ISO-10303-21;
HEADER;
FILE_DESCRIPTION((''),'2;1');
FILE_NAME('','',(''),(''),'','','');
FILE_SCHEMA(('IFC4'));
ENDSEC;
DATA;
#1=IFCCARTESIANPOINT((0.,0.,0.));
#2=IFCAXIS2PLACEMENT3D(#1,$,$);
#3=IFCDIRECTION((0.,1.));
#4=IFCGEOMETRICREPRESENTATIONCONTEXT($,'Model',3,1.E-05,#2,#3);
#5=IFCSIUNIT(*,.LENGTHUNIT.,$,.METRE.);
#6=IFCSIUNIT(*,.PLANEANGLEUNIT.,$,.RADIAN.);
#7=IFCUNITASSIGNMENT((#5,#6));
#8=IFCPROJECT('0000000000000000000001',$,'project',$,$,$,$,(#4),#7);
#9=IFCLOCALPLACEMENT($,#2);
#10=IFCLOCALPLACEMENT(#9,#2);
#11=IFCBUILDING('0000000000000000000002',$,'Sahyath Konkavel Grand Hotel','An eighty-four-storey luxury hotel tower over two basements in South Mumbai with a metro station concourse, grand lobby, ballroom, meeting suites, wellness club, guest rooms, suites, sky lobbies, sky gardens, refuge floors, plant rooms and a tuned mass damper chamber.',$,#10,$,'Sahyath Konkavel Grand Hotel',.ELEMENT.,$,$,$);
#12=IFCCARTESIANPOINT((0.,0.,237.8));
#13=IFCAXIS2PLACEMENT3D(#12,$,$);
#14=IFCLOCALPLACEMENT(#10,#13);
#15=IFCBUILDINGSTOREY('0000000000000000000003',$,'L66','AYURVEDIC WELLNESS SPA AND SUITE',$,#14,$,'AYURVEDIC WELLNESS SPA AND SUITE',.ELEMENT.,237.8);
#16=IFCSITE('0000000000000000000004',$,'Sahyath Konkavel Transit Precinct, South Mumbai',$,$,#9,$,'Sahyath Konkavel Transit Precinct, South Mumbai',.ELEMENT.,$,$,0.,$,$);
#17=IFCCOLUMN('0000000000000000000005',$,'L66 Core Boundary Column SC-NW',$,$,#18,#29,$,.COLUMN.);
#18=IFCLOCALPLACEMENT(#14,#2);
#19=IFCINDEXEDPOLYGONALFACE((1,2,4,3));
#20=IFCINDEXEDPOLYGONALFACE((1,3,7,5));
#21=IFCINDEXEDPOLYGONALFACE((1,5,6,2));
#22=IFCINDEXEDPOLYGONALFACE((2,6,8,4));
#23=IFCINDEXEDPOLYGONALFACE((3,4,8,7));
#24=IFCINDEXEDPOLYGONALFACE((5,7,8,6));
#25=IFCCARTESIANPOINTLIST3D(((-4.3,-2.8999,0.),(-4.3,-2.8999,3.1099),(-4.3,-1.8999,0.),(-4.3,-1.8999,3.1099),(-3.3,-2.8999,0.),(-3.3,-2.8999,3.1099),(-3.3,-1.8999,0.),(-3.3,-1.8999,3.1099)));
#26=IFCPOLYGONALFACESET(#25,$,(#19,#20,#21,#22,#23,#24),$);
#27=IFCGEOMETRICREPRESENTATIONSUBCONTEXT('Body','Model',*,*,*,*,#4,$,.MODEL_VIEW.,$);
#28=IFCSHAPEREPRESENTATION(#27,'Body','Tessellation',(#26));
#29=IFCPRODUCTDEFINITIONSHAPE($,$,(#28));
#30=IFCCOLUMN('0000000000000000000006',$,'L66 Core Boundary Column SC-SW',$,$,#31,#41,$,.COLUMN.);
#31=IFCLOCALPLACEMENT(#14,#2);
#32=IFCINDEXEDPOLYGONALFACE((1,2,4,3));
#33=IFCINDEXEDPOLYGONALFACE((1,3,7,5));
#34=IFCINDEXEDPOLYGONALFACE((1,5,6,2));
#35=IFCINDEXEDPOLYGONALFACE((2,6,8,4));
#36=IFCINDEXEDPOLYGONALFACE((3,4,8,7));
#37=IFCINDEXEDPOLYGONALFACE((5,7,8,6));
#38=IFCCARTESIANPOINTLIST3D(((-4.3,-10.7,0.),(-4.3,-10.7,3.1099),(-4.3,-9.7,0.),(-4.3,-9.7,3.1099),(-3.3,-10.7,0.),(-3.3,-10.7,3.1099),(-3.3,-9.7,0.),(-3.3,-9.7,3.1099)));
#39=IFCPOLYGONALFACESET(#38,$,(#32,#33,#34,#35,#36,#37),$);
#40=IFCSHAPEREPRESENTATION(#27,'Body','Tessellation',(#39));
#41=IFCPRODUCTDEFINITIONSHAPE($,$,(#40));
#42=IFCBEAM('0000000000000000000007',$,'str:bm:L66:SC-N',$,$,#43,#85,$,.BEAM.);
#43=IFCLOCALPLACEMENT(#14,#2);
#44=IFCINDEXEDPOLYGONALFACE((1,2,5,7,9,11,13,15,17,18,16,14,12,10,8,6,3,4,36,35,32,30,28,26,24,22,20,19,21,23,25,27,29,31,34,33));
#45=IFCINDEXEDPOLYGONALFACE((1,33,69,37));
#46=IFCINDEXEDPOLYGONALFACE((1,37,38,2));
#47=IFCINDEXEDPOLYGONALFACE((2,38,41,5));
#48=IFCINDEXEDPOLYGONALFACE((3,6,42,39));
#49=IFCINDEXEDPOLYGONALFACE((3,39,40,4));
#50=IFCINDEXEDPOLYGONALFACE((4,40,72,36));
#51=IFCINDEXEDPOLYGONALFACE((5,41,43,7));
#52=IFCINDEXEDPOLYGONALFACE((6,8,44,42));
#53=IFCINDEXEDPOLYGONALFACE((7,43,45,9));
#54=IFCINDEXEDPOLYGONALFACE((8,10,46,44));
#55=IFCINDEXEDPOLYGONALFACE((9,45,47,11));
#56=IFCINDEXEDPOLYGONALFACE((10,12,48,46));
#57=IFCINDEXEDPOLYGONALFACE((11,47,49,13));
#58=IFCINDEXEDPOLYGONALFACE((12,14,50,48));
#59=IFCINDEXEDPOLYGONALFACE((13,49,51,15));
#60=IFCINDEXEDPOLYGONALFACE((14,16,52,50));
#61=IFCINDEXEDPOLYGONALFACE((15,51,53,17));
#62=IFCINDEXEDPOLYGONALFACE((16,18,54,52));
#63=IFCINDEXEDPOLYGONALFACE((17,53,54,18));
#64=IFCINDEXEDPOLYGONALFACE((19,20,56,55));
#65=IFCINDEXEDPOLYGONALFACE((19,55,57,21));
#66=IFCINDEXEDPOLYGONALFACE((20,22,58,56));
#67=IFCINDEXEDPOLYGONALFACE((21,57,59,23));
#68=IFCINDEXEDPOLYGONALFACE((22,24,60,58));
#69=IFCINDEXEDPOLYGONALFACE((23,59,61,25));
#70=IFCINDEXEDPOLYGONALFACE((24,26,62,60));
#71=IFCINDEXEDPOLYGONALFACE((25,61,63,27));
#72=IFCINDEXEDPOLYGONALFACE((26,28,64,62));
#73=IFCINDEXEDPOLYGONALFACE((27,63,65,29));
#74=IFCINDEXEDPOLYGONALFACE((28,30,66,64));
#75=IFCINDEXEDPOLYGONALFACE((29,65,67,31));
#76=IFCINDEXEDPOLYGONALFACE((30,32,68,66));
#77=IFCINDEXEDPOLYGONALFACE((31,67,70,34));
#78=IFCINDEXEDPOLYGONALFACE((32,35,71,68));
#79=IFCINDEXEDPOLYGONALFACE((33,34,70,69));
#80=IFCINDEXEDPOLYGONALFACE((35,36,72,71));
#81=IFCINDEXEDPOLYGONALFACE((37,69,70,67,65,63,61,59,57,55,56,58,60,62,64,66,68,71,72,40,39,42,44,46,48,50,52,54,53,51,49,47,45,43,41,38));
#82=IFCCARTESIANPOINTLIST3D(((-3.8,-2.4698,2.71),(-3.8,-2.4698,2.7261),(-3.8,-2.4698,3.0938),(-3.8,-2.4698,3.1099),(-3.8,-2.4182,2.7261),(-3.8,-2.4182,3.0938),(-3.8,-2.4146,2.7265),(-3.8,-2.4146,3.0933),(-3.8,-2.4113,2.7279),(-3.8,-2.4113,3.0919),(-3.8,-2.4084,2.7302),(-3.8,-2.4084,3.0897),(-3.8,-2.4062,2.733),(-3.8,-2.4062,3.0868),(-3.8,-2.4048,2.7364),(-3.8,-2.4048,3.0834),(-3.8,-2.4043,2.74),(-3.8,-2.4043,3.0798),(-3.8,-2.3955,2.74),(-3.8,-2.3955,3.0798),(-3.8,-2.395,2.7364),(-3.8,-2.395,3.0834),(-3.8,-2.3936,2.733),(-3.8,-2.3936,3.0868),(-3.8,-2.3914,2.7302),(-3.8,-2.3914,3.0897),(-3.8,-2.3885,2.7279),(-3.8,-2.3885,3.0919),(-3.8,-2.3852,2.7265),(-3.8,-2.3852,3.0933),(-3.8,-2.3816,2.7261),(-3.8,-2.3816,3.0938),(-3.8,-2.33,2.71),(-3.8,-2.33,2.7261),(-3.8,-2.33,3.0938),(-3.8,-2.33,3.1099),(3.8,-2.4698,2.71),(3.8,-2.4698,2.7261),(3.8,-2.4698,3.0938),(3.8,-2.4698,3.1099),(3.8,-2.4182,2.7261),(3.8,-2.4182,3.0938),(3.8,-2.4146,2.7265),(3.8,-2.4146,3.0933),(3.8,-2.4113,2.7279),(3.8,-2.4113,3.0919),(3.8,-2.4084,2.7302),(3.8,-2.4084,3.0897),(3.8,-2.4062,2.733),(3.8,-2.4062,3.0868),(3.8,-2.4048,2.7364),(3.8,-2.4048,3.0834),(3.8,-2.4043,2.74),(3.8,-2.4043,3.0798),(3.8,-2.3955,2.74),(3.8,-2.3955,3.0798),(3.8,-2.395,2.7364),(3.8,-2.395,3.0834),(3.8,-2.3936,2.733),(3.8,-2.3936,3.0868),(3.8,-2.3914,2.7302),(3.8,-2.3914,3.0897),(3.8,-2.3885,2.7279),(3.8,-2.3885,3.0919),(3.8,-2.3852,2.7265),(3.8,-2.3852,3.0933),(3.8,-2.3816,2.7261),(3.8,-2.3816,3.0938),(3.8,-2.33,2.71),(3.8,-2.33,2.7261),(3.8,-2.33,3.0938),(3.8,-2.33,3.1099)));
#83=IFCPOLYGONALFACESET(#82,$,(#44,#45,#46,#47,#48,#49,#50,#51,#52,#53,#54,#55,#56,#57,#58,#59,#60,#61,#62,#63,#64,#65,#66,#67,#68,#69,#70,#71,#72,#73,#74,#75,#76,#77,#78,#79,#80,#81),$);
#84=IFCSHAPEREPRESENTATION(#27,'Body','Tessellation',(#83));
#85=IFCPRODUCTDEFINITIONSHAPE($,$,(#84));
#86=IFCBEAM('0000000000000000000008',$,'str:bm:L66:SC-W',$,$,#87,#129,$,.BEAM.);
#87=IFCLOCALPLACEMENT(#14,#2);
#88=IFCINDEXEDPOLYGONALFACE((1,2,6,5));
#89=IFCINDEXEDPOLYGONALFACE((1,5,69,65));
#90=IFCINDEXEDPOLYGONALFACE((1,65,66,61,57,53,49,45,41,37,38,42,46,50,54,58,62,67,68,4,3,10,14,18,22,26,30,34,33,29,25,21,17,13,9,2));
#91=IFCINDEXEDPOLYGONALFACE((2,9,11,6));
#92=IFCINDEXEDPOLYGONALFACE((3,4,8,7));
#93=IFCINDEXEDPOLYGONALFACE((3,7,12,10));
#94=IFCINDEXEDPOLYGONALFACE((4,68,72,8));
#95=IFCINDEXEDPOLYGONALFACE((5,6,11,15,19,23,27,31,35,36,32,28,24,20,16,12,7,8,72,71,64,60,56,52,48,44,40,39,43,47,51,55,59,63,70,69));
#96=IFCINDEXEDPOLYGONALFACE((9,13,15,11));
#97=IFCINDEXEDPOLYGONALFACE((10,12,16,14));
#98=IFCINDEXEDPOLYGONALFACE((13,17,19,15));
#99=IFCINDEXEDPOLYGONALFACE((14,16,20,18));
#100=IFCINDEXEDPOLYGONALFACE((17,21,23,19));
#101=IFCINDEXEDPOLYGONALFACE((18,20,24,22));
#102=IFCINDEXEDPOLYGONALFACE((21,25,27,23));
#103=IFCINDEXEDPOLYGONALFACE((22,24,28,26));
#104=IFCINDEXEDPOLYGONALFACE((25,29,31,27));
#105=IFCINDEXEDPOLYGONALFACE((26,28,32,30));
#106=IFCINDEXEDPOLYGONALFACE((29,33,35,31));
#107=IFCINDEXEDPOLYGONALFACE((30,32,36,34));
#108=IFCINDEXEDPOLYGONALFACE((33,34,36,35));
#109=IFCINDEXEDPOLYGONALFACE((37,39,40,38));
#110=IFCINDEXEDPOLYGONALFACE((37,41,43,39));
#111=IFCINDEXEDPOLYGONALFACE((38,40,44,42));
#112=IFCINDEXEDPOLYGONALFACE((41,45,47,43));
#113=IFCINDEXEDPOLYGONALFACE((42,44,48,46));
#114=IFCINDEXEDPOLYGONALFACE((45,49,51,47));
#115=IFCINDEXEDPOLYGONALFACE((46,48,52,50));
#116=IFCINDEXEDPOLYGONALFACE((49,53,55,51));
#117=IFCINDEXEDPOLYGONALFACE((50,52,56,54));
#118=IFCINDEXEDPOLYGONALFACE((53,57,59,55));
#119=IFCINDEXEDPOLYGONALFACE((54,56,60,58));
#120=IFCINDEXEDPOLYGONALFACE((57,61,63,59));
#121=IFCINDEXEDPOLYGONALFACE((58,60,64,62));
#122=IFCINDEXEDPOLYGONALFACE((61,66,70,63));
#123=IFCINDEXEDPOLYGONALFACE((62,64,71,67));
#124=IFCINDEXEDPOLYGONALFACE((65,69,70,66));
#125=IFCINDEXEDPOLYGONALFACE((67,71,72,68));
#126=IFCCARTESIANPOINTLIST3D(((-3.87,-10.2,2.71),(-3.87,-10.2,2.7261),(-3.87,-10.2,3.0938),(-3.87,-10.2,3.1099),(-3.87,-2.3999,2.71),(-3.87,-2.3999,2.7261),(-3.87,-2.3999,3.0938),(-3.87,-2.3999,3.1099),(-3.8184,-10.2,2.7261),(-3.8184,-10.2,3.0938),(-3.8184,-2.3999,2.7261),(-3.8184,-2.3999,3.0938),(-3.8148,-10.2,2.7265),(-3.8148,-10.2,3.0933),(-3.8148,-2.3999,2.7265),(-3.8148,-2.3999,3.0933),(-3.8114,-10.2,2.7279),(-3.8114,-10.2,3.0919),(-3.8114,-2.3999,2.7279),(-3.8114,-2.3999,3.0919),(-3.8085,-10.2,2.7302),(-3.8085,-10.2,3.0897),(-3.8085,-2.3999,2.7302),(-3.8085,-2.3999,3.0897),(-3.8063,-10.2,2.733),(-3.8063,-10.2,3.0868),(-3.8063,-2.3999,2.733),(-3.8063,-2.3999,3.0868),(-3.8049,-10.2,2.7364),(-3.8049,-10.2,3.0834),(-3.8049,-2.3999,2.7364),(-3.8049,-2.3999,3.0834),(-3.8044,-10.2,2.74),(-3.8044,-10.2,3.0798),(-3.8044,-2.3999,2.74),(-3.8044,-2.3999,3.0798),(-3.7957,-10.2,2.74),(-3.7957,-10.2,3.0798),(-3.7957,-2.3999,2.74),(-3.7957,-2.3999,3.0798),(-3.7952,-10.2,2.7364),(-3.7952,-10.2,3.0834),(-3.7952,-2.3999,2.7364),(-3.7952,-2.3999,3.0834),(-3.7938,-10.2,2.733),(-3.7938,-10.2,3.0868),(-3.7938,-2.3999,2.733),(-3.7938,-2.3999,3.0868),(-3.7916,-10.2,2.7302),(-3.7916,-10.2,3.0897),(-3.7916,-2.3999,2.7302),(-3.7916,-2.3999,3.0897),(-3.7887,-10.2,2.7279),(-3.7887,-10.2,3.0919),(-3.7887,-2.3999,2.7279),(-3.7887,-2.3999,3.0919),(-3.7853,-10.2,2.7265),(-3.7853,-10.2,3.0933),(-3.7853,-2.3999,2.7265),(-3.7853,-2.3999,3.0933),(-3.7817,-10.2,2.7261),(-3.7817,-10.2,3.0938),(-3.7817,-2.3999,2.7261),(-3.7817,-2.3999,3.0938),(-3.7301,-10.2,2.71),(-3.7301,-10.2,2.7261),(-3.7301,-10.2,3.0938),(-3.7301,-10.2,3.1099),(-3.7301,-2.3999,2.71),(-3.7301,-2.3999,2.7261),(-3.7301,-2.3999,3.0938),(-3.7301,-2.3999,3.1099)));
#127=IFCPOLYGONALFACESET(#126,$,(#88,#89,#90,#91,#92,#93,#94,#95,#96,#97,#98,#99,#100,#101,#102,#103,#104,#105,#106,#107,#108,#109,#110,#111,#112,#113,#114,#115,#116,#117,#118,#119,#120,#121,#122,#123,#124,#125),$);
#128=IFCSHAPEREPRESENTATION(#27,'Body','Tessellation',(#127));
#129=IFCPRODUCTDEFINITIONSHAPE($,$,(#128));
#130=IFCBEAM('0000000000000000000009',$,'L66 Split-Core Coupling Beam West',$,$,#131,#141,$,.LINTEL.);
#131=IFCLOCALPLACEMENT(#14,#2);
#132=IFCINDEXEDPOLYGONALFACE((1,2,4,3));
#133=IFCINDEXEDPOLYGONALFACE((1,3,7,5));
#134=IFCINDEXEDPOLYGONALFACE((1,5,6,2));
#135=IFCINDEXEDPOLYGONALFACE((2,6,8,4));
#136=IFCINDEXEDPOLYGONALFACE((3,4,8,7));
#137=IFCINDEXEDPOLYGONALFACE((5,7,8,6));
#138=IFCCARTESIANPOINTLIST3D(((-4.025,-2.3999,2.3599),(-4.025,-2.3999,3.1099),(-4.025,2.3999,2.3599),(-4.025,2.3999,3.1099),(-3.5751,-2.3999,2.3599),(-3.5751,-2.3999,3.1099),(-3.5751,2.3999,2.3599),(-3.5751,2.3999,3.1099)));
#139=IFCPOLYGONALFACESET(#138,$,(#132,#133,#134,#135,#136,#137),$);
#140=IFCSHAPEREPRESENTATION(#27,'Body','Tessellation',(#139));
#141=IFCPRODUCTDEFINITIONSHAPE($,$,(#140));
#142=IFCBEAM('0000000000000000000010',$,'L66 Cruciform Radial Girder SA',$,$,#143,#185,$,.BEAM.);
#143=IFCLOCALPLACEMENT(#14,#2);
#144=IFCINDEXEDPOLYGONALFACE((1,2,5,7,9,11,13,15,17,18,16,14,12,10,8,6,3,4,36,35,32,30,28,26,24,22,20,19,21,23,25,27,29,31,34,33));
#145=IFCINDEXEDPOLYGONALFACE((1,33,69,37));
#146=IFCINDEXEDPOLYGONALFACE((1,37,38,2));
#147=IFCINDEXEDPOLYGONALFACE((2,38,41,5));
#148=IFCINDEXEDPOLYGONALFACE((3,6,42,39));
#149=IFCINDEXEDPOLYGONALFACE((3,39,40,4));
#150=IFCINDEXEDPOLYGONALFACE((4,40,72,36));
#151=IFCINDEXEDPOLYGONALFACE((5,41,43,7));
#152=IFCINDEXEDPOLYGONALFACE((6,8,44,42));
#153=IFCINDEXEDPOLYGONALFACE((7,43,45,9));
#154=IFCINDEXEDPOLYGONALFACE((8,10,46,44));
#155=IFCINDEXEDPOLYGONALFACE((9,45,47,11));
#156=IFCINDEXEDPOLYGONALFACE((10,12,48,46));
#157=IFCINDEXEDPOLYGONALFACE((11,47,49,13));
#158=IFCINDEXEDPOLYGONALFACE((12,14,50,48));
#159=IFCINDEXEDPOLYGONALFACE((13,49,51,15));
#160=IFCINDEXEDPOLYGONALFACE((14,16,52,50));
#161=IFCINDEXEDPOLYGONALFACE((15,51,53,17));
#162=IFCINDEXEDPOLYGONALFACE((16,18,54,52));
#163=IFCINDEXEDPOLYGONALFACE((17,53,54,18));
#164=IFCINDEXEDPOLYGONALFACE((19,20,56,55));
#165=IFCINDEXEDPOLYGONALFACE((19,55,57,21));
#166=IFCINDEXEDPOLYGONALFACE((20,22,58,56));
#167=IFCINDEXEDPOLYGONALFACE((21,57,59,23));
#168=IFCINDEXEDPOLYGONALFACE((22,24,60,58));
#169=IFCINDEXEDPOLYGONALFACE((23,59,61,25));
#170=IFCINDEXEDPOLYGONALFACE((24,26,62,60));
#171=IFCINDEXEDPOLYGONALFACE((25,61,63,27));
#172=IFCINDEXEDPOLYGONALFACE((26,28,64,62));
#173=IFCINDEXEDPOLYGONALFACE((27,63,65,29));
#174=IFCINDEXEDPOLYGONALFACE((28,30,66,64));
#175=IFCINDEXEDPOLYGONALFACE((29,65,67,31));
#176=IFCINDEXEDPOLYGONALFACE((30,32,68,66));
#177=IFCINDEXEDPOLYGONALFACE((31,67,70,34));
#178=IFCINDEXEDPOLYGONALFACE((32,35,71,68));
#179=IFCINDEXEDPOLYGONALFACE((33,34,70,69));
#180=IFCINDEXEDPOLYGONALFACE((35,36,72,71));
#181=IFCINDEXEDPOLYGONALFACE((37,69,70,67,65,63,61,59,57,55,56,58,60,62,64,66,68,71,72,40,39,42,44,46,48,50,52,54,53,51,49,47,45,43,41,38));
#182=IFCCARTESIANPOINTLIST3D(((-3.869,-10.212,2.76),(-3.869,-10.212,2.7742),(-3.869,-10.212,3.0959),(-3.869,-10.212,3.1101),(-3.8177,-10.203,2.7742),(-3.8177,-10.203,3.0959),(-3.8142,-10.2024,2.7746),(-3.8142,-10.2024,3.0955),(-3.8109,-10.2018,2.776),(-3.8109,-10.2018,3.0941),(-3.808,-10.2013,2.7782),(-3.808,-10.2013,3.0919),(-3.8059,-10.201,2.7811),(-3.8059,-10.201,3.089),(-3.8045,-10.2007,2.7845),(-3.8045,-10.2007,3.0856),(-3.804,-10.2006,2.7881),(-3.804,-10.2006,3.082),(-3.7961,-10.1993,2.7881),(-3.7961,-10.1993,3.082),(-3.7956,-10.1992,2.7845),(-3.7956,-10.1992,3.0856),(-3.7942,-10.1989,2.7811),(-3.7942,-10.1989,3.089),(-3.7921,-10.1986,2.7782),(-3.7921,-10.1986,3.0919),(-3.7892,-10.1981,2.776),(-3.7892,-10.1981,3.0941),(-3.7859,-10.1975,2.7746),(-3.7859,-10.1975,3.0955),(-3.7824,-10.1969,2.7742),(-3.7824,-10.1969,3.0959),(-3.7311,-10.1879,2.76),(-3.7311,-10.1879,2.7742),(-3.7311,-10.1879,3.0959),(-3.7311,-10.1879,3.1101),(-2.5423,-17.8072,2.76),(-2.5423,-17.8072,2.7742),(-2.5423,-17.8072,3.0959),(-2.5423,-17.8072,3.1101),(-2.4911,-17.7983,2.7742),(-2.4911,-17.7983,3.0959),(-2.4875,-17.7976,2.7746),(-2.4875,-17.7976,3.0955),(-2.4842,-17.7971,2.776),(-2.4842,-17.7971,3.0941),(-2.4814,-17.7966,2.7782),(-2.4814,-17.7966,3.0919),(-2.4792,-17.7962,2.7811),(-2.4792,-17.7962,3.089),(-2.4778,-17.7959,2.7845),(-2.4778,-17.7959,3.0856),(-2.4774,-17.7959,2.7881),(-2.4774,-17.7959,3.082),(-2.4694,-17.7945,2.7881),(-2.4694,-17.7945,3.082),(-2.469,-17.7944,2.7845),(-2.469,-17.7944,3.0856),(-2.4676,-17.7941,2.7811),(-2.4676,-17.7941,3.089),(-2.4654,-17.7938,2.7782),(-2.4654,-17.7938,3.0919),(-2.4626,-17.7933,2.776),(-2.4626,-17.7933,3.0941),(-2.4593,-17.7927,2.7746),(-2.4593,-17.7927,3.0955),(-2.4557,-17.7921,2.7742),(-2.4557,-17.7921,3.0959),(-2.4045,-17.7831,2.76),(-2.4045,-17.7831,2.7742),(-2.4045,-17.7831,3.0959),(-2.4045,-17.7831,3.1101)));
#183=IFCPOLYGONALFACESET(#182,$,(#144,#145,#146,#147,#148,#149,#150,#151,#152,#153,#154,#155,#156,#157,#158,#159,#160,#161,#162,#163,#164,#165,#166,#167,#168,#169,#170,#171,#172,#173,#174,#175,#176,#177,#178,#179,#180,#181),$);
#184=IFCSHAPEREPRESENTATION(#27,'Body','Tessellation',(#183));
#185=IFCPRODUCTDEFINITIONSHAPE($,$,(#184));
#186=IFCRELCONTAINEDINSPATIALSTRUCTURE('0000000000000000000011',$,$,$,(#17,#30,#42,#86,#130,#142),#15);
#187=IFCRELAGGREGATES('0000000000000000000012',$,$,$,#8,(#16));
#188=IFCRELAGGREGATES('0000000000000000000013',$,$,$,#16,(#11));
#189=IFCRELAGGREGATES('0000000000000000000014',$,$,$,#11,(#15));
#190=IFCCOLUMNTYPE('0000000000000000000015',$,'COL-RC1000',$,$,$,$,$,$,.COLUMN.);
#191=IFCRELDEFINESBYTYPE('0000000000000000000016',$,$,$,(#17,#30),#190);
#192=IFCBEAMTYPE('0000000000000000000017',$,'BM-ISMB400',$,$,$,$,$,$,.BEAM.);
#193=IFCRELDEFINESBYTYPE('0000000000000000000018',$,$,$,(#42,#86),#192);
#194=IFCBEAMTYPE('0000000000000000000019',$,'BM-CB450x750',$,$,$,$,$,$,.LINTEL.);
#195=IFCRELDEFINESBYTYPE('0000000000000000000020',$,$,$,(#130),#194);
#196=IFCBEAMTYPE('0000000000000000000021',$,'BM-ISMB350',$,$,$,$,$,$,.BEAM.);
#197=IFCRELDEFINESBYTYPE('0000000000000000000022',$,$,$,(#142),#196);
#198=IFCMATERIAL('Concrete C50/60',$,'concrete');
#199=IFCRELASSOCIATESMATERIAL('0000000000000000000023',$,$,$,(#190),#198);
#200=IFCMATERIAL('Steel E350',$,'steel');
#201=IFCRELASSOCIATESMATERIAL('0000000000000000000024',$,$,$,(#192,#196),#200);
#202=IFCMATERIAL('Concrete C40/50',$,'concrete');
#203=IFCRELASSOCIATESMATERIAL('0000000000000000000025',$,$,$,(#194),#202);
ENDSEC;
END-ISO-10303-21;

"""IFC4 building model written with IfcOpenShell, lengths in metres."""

from ifc_helpers import new_model, si_unit, direction, frame, origin, origin_2d, place, context, subcontext, project, spatial, rectangle, i_section, extrude, source, transform, mapped, material, material_profile, profile_set, type_object, element, save


model = new_model("IFC4")

# Units and contexts
model_context = context("Model", 3, precision=1e-05, world=origin(), true_north=direction((0.0, 1.0)))
body_context = subcontext(model_context, "Body", "Model", "MODEL_VIEW")
ifc_project = project(units=[si_unit("LENGTHUNIT", "METRE"), si_unit("PLANEANGLEUNIT", "RADIAN")], contexts=[model_context])

# Site, building, storey
site_placement = place(None, origin())
site = spatial("IfcSite", under=ifc_project, at=site_placement, Name="Sahyath Konkavel Transit Precinct, South Mumbai", LongName="Sahyath Konkavel Transit Precinct, South Mumbai", CompositionType="ELEMENT", RefElevation=0.0)
building_placement = place(site_placement, origin())
building = spatial("IfcBuilding", under=site, at=building_placement, Name="Sahyath Konkavel Grand Hotel", Description="An eighty-four-storey luxury hotel tower over two basements in South Mumbai with a metro station concourse, grand lobby, ballroom, meeting suites, wellness club, guest rooms, suites, sky lobbies, sky gardens, refuge floors, plant rooms and a tuned mass damper chamber.", LongName="Sahyath Konkavel Grand Hotel", CompositionType="ELEMENT")
storey_placement = place(building_placement, frame((0.0, 0.0, 237.8)))
storey = spatial("IfcBuildingStorey", under=building, at=storey_placement, Name="L66", Description="AYURVEDIC WELLNESS SPA AND SUITE", LongName="AYURVEDIC WELLNESS SPA AND SUITE", CompositionType="ELEMENT", Elevation=237.8)

# Columns
ifc_material_1 = material(Name="Concrete C50/60", Category="concrete")
ifc_material_profile_1 = material_profile(ifc_material_1, rectangle(XDim=1.0, YDim=1.0, at=origin_2d()), Name="RC 1000x1000")
ifc_profile_set_1 = profile_set([ifc_material_profile_1], Name="Concrete C50/60")
column_type = type_object("IfcColumnType", Name="COL-RC1000", PredefinedType="COLUMN", material=ifc_profile_set_1)
shared_shape_1 = source(origin(), body_context, "Body", "SweptSolid", [
    extrude(rectangle(XDim=1.0, YDim=1.0, at=origin_2d()), origin(), (0.0, 0.0, 1.0), 3.1099),
])
for number, where, z_axis, x_axis, name in (
    (1, (-3.8, -2.3999, 0.0), (0.0, 0.0, 1.0), (1.0, 0.0, 0.0), "L66 Core Boundary Column SC-NW"),
    (2, (-3.8, -10.2, 0.0), (0.0, 0.0, 1.0), (1.0, 0.0, 0.0), "L66 Core Boundary Column SC-SW"),
):
    element("IfcColumn", number, at=place(storey_placement, frame(where, z_axis=z_axis, x_axis=x_axis)), inside=storey, type_object=column_type, Name=name, PredefinedType="COLUMN", context=body_context, shape_type="MappedRepresentation", body=[
        mapped(shared_shape_1, transform((0.0, 0.0, 0.0), scale=1.0)),
    ])

# Beams
ifc_material_2 = material(Name="Steel E350", Category="steel")
ifc_material_profile_2 = material_profile(ifc_material_2, i_section(OverallWidth=0.1399, OverallDepth=0.3999, WebThickness=0.0088, FlangeThickness=0.0161, FilletRadius=0.0139, at=origin_2d()), Name="ISMB 400")
ifc_profile_set_2 = profile_set([ifc_material_profile_2], Name="Steel E350")
beam_type_1 = type_object("IfcBeamType", Name="BM-ISMB400", PredefinedType="BEAM", material=ifc_profile_set_2)
shared_shape_2 = source(origin(), body_context, "Body", "SweptSolid", [
    extrude(i_section(OverallWidth=0.1399, OverallDepth=0.3999, WebThickness=0.0088, FlangeThickness=0.0161, FilletRadius=0.0139, at=origin_2d()), origin(), (0.0, 0.0, 1.0), 7.6001),
])
beam_1_placement = place(storey_placement, frame((-3.8, -2.3999, 2.9099), z_axis=(1.0, 0.0, 0.0), x_axis=(0.0, 1.0, 0.0)))
element("IfcBeam", 3, at=beam_1_placement, inside=storey, type_object=beam_type_1, Name="str:bm:L66:SC-N", PredefinedType="BEAM", context=body_context, shape_type="MappedRepresentation", body=[
    mapped(shared_shape_2, transform((0.0, 0.0, 0.0), scale=1.0)),
])
shared_shape_3 = source(origin(), body_context, "Body", "SweptSolid", [
    extrude(i_section(OverallWidth=0.1399, OverallDepth=0.3999, WebThickness=0.0088, FlangeThickness=0.0161, FilletRadius=0.0139, at=origin_2d()), origin(), (0.0, 0.0, 1.0), 7.8),
])
beam_2_placement = place(storey_placement, frame((-3.8, -10.2, 2.9099), z_axis=(0.0, 1.0, 0.0), x_axis=(-1.0, 0.0, 0.0)))
element("IfcBeam", 4, at=beam_2_placement, inside=storey, type_object=beam_type_1, Name="str:bm:L66:SC-W", PredefinedType="BEAM", context=body_context, shape_type="MappedRepresentation", body=[
    mapped(shared_shape_3, transform((0.0, 0.0, 0.0), scale=1.0)),
])
ifc_material_3 = material(Name="Concrete C40/50", Category="concrete")
ifc_material_profile_3 = material_profile(ifc_material_3, rectangle(XDim=0.45, YDim=0.75, at=origin_2d()), Name="RC 450x750")
ifc_profile_set_3 = profile_set([ifc_material_profile_3], Name="Concrete C40/50")
beam_type_2 = type_object("IfcBeamType", Name="BM-CB450x750", PredefinedType="LINTEL", material=ifc_profile_set_3)
shared_shape_4 = source(origin(), body_context, "Body", "SweptSolid", [
    extrude(rectangle(XDim=0.45, YDim=0.75, at=origin_2d()), origin(), (0.0, 0.0, 1.0), 4.7998),
])
beam_3_placement = place(storey_placement, frame((-3.8, -2.3999, 2.7349), z_axis=(0.0, 1.0, 0.0), x_axis=(-1.0, 0.0, 0.0)))
element("IfcBeam", 5, at=beam_3_placement, inside=storey, type_object=beam_type_2, Name="L66 Split-Core Coupling Beam West", PredefinedType="LINTEL", context=body_context, shape_type="MappedRepresentation", body=[
    mapped(shared_shape_4, transform((0.0, 0.0, 0.0), scale=1.0)),
])
ifc_material_profile_4 = material_profile(ifc_material_2, i_section(OverallWidth=0.1399, OverallDepth=0.3501, WebThickness=0.0081, FlangeThickness=0.0142, FilletRadius=0.0139, at=origin_2d()), Name="ISMB 350")
ifc_profile_set_4 = profile_set([ifc_material_profile_4], Name="Steel E350")
beam_type_3 = type_object("IfcBeamType", Name="BM-ISMB350", PredefinedType="BEAM", material=ifc_profile_set_4)
shared_shape_5 = source(origin(), body_context, "Body", "SweptSolid", [
    extrude(i_section(OverallWidth=0.1399, OverallDepth=0.3501, WebThickness=0.0081, FlangeThickness=0.0142, FilletRadius=0.0139, at=origin_2d()), origin(), (0.0, 0.0, 1.0), 7.7102),
])
beam_4_placement = place(storey_placement, frame((-3.8, -10.2, 2.9351), z_axis=(0.172065, -0.985086, 0.0), x_axis=(0.985086, 0.172065, 0.0)))
element("IfcBeam", 6, at=beam_4_placement, inside=storey, type_object=beam_type_3, Name="L66 Cruciform Radial Girder SA", PredefinedType="BEAM", context=body_context, shape_type="MappedRepresentation", body=[
    mapped(shared_shape_5, transform((0.0, 0.0, 0.0), scale=1.0)),
])

save(model, "model.ifc")
